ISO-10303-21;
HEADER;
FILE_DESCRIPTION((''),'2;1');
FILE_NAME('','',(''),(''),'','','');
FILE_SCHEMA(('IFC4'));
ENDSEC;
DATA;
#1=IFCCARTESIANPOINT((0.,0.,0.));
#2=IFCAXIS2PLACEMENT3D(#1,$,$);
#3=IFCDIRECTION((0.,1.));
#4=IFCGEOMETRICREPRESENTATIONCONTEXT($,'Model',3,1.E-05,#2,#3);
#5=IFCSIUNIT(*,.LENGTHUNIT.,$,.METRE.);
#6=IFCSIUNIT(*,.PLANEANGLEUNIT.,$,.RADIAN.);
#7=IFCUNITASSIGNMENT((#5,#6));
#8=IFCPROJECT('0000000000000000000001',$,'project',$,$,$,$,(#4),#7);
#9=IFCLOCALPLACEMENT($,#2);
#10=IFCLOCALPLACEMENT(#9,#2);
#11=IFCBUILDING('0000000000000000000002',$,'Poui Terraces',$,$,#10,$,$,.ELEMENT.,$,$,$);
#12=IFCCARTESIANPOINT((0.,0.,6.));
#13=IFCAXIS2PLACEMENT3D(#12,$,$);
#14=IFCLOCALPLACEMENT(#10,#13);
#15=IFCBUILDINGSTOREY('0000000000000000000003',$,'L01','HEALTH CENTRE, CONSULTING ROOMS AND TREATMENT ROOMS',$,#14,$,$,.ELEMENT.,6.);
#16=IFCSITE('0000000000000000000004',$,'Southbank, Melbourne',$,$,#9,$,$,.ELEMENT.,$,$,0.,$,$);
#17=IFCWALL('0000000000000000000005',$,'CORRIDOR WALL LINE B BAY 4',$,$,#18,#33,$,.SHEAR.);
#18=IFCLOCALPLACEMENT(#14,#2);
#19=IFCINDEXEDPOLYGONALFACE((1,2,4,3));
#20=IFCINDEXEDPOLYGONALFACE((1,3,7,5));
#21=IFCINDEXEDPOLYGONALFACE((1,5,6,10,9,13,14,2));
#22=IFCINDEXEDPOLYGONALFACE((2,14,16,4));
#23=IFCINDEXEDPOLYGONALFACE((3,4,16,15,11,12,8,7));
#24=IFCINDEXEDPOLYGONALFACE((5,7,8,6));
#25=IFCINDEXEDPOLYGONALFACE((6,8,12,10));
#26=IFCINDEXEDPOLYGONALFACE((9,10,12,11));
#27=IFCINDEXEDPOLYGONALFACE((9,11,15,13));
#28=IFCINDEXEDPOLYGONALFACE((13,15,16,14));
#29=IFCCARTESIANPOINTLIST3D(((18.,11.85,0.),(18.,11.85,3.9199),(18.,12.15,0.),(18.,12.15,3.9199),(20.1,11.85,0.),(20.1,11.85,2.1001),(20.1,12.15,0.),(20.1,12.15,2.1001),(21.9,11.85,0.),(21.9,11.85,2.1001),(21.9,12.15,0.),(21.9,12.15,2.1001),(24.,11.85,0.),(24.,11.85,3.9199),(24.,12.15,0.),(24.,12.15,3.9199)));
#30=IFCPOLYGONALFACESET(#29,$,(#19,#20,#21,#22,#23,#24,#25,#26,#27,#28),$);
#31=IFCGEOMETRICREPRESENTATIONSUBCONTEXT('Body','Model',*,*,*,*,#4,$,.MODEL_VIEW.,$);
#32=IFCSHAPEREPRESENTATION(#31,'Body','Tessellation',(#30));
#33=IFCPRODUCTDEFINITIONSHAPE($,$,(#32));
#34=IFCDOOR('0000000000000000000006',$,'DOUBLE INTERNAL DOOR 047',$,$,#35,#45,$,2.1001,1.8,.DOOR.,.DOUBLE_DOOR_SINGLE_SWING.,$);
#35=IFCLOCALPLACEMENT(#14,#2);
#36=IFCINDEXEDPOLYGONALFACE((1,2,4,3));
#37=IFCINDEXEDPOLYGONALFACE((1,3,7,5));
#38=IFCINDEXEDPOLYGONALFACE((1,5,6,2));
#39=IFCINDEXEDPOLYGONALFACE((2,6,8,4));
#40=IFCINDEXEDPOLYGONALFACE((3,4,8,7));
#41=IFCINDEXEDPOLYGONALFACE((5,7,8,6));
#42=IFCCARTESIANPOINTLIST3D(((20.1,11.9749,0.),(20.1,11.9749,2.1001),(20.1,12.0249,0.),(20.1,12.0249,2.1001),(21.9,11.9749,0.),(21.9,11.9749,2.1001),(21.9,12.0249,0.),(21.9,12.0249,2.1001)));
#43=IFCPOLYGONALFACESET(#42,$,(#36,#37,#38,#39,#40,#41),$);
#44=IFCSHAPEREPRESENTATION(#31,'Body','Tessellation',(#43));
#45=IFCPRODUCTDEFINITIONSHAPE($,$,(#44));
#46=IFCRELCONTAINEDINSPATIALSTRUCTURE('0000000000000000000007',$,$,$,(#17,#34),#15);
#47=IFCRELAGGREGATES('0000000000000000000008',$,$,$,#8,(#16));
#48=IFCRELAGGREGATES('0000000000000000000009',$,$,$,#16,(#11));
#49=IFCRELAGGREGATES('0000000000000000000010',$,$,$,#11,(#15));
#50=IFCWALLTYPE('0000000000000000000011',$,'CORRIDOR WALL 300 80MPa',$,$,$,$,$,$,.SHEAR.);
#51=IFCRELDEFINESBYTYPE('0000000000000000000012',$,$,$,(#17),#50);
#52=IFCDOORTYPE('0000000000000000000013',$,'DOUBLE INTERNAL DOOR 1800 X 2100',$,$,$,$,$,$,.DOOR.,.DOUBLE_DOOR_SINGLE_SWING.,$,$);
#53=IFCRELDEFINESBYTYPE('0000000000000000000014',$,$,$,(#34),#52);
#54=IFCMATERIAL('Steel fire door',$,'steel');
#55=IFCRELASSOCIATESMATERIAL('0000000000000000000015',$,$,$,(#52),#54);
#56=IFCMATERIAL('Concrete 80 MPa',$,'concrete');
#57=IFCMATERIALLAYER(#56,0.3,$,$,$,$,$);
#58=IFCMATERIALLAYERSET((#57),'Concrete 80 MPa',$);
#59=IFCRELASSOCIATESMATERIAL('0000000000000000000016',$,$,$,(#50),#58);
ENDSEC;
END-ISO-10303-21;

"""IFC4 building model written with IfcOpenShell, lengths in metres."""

from ifc_helpers import new_model, si_unit, direction, frame, frame_2d, origin, place, context, subcontext, project, spatial, rectangle, extrude, material, layer, layer_set, type_object, element, fill, save


model = new_model("IFC4")

# Units and contexts
model_context = context("Model", 3, precision=1e-05, world=origin(), true_north=direction((0.0, 1.0)))
body_context = subcontext(model_context, "Body", "Model", "MODEL_VIEW")
ifc_project = project(units=[si_unit("LENGTHUNIT", "METRE"), si_unit("PLANEANGLEUNIT", "RADIAN")], contexts=[model_context])

# Site, building, storey
site_placement = place(None, origin())
site = spatial("IfcSite", under=ifc_project, at=site_placement, Name="Southbank, Melbourne", CompositionType="ELEMENT", RefElevation=0.0)
building_placement = place(site_placement, origin())
building = spatial("IfcBuilding", under=site, at=building_placement, Name="Poui Terraces", CompositionType="ELEMENT")
storey_placement = place(building_placement, frame((0.0, 0.0, 6.0)))
storey = spatial("IfcBuildingStorey", under=building, at=storey_placement, Name="L01", Description="HEALTH CENTRE, CONSULTING ROOMS AND TREATMENT ROOMS", CompositionType="ELEMENT", Elevation=6.0)

# Shared definitions
ifc_material_1 = material(Name="Concrete 80 MPa", Category="concrete")

# Wall, opening, door
ifc_material_2 = material(Name="Steel fire door", Category="steel")
door_type_1 = type_object("IfcDoorType", Name="DOUBLE INTERNAL DOOR 1800 X 2100", OperationType="DOUBLE_DOOR_SINGLE_SWING", PredefinedType="DOOR", material=ifc_material_2)
ifc_layer_1 = layer(ifc_material_1, 0.3)
ifc_layer_set_1 = layer_set([ifc_layer_1], Name="Concrete 80 MPa")
wall_type_1 = type_object("IfcWallType", Name="CORRIDOR WALL 300 80MPa", PredefinedType="SHEAR", material=ifc_layer_set_1)
wall_1_placement = place(storey_placement, frame((18.0, 12.0, 0.0), z_axis=(0.0, 0.0, 1.0), x_axis=(1.0, 0.0, 0.0)))
wall_1 = element("IfcWall", 1, at=wall_1_placement, inside=storey, type_object=wall_type_1, Name="CORRIDOR WALL LINE B BAY 4", PredefinedType="SHEAR", context=body_context, shape_type="SweptSolid", body=[
    extrude(rectangle(XDim=6.0, YDim=0.3, at=frame_2d((3.0, 0.0))), origin(), (0.0, 0.0, 1.0), 3.9199),
])
opening_1_placement = place(wall_1_placement, frame((2.1001, 0.0, 0.0)))
opening_1 = element("IfcOpeningElement", 2, at=opening_1_placement, cuts=wall_1, PredefinedType="OPENING", context=body_context, shape_type="SweptSolid", body=[
    extrude(rectangle(XDim=1.8, YDim=2.1001, at=frame_2d((0.8999, 1.05))), frame((0.0, 0.1602, 0.0), z_axis=(0.0, -1.0, 0.0), x_axis=(1.0, 0.0, 0.0)), (0.0, 0.0, 1.0), 0.3201),
])
door_1_placement = place(opening_1_placement, origin())
door_1 = element("IfcDoor", 3, at=door_1_placement, inside=storey, type_object=door_type_1, Name="DOUBLE INTERNAL DOOR 047", OperationType="DOUBLE_DOOR_SINGLE_SWING", OverallHeight=2.1001, OverallWidth=1.8, PredefinedType="DOOR", context=body_context, shape_type="SweptSolid", body=[
    extrude(rectangle(XDim=1.8, YDim=2.1001, at=frame_2d((0.8999, 1.05))), frame((0.0, 0.0249, 0.0), z_axis=(0.0, -1.0, 0.0), x_axis=(1.0, 0.0, 0.0)), (0.0, 0.0, 1.0), 0.05),
])
fill(opening_1, door_1)

save(model, "model.ifc")
